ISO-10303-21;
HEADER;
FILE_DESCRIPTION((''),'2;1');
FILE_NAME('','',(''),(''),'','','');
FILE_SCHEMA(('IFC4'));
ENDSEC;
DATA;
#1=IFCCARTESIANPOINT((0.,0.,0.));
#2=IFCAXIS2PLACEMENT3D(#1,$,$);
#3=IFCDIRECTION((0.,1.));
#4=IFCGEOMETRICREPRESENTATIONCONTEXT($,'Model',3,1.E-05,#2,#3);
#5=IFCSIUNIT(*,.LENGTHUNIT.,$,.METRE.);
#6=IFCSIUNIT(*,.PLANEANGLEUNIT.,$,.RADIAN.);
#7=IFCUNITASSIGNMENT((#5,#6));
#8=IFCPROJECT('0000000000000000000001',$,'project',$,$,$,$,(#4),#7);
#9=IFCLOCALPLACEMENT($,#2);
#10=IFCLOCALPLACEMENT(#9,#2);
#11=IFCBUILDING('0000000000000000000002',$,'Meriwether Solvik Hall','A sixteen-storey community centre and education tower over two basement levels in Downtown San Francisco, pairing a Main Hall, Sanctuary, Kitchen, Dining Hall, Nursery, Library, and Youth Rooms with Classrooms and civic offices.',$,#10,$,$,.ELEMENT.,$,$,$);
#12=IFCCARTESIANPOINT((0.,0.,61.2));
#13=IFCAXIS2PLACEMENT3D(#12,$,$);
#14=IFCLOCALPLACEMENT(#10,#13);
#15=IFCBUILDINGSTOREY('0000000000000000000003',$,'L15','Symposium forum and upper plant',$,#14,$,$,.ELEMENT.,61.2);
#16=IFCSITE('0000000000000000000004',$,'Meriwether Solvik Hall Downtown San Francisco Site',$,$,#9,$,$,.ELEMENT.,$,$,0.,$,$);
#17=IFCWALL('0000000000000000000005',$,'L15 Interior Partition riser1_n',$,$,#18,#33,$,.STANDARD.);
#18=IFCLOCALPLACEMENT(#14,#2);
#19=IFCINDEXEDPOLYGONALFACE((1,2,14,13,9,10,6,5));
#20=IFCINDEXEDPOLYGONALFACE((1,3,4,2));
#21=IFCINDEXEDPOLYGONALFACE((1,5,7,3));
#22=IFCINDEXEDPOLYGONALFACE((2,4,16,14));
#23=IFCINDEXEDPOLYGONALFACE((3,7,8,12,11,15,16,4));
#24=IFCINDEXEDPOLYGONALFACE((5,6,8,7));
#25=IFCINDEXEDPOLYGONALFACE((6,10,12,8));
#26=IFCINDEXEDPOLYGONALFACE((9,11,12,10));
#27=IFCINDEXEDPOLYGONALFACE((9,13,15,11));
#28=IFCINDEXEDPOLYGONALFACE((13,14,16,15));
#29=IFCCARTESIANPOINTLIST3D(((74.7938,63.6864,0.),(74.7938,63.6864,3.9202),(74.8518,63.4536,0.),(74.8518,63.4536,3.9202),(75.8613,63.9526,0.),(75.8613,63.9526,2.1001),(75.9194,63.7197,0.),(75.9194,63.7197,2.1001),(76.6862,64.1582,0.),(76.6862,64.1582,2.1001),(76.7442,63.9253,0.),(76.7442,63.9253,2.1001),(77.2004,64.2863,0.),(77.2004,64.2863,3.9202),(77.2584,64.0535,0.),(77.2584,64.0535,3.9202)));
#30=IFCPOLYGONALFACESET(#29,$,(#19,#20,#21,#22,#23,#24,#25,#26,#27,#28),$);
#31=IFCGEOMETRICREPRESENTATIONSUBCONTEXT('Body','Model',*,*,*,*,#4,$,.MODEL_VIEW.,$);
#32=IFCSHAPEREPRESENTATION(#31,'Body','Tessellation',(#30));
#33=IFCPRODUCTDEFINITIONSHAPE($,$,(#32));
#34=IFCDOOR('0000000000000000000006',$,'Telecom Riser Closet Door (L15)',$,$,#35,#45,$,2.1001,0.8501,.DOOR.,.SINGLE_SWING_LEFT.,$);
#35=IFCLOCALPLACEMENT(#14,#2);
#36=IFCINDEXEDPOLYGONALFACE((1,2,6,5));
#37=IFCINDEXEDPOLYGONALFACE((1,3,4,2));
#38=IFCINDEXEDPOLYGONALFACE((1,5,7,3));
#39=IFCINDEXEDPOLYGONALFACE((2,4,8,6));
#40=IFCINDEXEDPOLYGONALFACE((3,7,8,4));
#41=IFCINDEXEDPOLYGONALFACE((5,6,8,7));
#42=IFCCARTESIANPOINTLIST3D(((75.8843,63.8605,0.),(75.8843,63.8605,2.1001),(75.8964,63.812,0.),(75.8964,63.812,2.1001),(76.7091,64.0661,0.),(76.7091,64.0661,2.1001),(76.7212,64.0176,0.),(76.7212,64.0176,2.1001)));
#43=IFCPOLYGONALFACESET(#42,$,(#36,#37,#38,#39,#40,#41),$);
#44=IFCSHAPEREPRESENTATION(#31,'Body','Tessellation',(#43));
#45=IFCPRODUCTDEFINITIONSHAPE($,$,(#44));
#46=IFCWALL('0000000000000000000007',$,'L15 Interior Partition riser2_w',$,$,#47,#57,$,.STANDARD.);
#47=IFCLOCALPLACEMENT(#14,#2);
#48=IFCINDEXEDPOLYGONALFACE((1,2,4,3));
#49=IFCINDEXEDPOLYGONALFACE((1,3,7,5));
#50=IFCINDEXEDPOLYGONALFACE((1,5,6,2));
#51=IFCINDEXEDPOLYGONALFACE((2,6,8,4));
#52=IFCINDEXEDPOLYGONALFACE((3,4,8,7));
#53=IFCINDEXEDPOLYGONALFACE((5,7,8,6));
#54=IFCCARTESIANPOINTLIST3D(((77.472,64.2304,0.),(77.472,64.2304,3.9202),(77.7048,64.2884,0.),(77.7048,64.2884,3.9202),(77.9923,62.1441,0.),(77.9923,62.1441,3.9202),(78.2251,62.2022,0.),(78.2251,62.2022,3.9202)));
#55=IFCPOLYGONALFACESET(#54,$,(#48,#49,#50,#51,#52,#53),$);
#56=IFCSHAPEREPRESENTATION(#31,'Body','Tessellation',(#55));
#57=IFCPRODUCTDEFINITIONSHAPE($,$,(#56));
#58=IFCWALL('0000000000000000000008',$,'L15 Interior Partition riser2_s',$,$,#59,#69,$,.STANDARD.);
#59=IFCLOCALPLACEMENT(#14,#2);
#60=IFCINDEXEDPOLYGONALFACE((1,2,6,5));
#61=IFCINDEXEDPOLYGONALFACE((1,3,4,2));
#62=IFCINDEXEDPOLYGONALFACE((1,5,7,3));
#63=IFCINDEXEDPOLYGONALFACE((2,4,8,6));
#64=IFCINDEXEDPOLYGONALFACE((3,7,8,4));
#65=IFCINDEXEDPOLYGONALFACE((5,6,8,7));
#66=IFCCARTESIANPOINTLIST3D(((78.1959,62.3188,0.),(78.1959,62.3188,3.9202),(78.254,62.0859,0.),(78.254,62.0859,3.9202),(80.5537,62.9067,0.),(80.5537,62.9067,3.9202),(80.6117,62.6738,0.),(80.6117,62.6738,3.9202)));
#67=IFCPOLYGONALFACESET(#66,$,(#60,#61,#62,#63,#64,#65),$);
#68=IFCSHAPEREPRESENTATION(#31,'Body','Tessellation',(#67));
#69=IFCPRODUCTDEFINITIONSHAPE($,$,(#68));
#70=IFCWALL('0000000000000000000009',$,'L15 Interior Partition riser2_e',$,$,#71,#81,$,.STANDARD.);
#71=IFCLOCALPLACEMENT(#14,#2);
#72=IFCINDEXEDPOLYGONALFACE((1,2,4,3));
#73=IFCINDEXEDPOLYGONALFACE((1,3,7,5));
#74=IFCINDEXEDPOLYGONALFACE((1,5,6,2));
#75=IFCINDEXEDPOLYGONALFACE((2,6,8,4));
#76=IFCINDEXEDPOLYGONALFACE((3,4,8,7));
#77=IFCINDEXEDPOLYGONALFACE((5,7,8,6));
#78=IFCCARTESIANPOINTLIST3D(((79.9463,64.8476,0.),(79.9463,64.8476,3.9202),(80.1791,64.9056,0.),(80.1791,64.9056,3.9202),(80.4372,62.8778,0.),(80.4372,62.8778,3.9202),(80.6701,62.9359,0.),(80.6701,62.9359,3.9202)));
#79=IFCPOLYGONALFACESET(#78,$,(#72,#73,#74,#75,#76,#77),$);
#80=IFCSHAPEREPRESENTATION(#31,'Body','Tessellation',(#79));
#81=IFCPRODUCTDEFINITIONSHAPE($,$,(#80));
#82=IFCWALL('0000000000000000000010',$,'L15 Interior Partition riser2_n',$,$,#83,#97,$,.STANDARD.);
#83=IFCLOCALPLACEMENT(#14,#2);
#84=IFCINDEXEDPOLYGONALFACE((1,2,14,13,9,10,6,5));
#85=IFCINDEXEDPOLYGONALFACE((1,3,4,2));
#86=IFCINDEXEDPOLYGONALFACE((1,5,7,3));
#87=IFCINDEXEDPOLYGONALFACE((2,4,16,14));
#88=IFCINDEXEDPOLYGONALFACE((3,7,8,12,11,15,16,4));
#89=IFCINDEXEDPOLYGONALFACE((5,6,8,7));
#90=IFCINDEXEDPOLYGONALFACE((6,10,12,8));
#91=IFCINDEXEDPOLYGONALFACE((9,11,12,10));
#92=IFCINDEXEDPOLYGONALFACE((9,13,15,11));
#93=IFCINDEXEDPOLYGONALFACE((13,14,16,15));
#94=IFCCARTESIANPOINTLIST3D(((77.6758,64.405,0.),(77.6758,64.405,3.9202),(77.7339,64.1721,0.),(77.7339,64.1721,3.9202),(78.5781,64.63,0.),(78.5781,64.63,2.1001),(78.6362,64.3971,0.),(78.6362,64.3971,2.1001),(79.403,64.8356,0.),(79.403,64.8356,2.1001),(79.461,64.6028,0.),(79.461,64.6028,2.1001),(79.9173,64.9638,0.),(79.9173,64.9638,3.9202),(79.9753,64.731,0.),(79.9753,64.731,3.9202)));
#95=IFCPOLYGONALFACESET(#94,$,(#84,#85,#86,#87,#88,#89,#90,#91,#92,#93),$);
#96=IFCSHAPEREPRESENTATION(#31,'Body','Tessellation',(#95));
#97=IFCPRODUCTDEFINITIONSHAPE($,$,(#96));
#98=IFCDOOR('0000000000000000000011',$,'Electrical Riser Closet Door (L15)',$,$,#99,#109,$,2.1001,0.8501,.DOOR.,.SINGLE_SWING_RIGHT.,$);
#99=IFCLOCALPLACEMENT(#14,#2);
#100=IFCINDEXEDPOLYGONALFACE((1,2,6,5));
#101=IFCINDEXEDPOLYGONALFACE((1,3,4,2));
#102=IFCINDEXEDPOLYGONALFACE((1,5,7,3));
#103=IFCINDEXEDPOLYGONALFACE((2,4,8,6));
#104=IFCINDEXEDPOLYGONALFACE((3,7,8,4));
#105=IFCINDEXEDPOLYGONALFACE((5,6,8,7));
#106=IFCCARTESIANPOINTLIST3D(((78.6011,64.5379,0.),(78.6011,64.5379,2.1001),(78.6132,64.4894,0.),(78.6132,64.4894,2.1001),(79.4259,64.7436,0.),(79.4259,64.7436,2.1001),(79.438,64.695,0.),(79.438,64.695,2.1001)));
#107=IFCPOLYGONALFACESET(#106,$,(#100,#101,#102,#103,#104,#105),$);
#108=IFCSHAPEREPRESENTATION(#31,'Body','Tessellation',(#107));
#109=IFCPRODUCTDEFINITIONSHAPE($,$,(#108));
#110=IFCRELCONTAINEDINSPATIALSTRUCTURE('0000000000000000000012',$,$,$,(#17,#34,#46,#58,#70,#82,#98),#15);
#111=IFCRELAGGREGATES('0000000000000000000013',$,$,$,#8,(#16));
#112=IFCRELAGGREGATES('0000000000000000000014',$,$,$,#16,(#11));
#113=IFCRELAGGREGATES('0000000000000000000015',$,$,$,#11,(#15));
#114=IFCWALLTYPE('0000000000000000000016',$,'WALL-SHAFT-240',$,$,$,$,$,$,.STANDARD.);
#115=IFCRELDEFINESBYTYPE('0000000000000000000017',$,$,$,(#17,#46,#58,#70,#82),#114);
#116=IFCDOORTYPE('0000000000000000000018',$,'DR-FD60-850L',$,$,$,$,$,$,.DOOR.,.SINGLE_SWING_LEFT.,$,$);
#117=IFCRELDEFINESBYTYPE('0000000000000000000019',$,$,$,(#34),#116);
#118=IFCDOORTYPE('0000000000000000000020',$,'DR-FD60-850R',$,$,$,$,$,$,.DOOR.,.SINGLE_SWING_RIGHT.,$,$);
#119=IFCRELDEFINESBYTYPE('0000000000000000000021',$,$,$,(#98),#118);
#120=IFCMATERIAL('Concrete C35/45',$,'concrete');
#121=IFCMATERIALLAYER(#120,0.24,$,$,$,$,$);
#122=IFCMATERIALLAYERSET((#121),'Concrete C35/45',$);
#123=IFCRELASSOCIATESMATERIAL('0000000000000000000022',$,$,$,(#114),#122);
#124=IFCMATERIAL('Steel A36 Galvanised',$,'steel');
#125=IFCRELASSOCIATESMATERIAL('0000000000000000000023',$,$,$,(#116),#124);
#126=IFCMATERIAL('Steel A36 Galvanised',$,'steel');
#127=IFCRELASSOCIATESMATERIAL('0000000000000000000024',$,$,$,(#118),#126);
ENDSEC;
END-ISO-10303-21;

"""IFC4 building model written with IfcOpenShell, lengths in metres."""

from ifc_helpers import new_model, si_unit, direction, frame, frame_2d, origin, place, context, subcontext, project, spatial, rectangle, extrude, material, layer, layer_set, type_object, element, fill, save


model = new_model("IFC4")

# Units and contexts
model_context = context("Model", 3, precision=1e-05, world=origin(), true_north=direction((0.0, 1.0)))
body_context = subcontext(model_context, "Body", "Model", "MODEL_VIEW")
ifc_project = project(units=[si_unit("LENGTHUNIT", "METRE"), si_unit("PLANEANGLEUNIT", "RADIAN")], contexts=[model_context])

# Site, building, storey
site_placement = place(None, origin())
site = spatial("IfcSite", under=ifc_project, at=site_placement, Name="Meriwether Solvik Hall Downtown San Francisco Site", CompositionType="ELEMENT", RefElevation=0.0)
building_placement = place(site_placement, origin())
building = spatial("IfcBuilding", under=site, at=building_placement, Name="Meriwether Solvik Hall", Description="A sixteen-storey community centre and education tower over two basement levels in Downtown San Francisco, pairing a Main Hall, Sanctuary, Kitchen, Dining Hall, Nursery, Library, and Youth Rooms with Classrooms and civic offices.", CompositionType="ELEMENT")
storey_placement = place(building_placement, frame((0.0, 0.0, 61.2)))
storey = spatial("IfcBuildingStorey", under=building, at=storey_placement, Name="L15", Description="Symposium forum and upper plant", CompositionType="ELEMENT", Elevation=61.2)

# Shared definitions
ifc_material_1 = material(Name="Concrete C35/45", Category="concrete")
ifc_layer_1 = layer(ifc_material_1, 0.24)
ifc_layer_set_1 = layer_set([ifc_layer_1], Name="Concrete C35/45")
wall_type_1 = type_object("IfcWallType", Name="WALL-SHAFT-240", PredefinedType="STANDARD", material=ifc_layer_set_1)

# Wall, opening, door
wall_1_placement = place(storey_placement, frame((77.2295, 64.1699, 0.0), z_axis=(0.0, 0.0, 1.0), x_axis=(-0.97031, -0.241864, 0.0)))
wall_1 = element("IfcWall", 1, at=wall_1_placement, inside=storey, type_object=wall_type_1, Name="L15 Interior Partition riser1_n", PredefinedType="STANDARD", context=body_context, shape_type="SweptSolid", body=[
    extrude(rectangle(XDim=2.4802, YDim=0.24, at=frame_2d((1.2402, 0.0))), origin(), (0.0, 0.0, 1.0), 3.9202),
])
opening_1_placement = place(wall_1_placement, frame((0.53, 0.0, 0.0)))
opening_1 = element("IfcOpeningElement", 2, at=opening_1_placement, cuts=wall_1, PredefinedType="OPENING", context=body_context, shape_type="SweptSolid", body=[
    extrude(rectangle(XDim=0.8501, YDim=2.1001, at=frame_2d((0.425, 1.05))), frame((0.0, 0.1318, 0.0), z_axis=(0.0, -1.0, 0.0), x_axis=(1.0, 0.0, 0.0)), (0.0, 0.0, 1.0), 0.2639),
])
ifc_material_2 = material(Name="Steel A36 Galvanised", Category="steel")
door_type_1 = type_object("IfcDoorType", Name="DR-FD60-850L", OperationType="SINGLE_SWING_LEFT", PredefinedType="DOOR", material=ifc_material_2)
door_1_placement = place(opening_1_placement, origin())
door_1 = element("IfcDoor", 3, at=door_1_placement, inside=storey, type_object=door_type_1, Name="Telecom Riser Closet Door (L15)", OperationType="SINGLE_SWING_LEFT", OverallHeight=2.1001, OverallWidth=0.8501, PredefinedType="DOOR", context=body_context, shape_type="SweptSolid", body=[
    extrude(rectangle(XDim=0.8501, YDim=2.1001, at=frame_2d((0.425, 1.05))), frame((0.0, 0.0249, 0.0), z_axis=(0.0, -1.0, 0.0), x_axis=(1.0, 0.0, 0.0)), (0.0, 0.0, 1.0), 0.05),
])
fill(opening_1, door_1)

# Walls
wall_2_placement = place(storey_placement, frame((77.5884, 64.2595, 0.0), z_axis=(0.0, 0.0, 1.0), x_axis=(0.241975, -0.970283, 0.0)))
element("IfcWall", 4, at=wall_2_placement, inside=storey, type_object=wall_type_1, Name="L15 Interior Partition riser2_w", PredefinedType="STANDARD", context=body_context, shape_type="SweptSolid", body=[
    extrude(rectangle(XDim=2.1501, YDim=0.24, at=frame_2d((1.0752, 0.0))), origin(), (0.0, 0.0, 1.0), 3.9202),
])
wall_3_placement = place(storey_placement, frame((78.2251, 62.2024, 0.0), z_axis=(0.0, 0.0, 1.0), x_axis=(0.97029, 0.241945, 0.0)))
element("IfcWall", 5, at=wall_3_placement, inside=storey, type_object=wall_type_1, Name="L15 Interior Partition riser2_s", PredefinedType="STANDARD", context=body_context, shape_type="SweptSolid", body=[
    extrude(rectangle(XDim=2.4299, YDim=0.24, at=frame_2d((1.2148, 0.0))), origin(), (0.0, 0.0, 1.0), 3.9202),
])
wall_4_placement = place(storey_placement, frame((80.5537, 62.9067, 0.0), z_axis=(0.0, 0.0, 1.0), x_axis=(-0.241856, 0.970312, 0.0)))
element("IfcWall", 6, at=wall_4_placement, inside=storey, type_object=wall_type_1, Name="L15 Interior Partition riser2_e", PredefinedType="STANDARD", context=body_context, shape_type="SweptSolid", body=[
    extrude(rectangle(XDim=2.03, YDim=0.24, at=frame_2d((1.0151, 0.0))), origin(), (0.0, 0.0, 1.0), 3.9202),
])

# Wall, opening, door
wall_5_placement = place(storey_placement, frame((79.9463, 64.8474, 0.0), z_axis=(0.0, 0.0, 1.0), x_axis=(-0.970298, -0.241914, 0.0)))
wall_5 = element("IfcWall", 7, at=wall_5_placement, inside=storey, type_object=wall_type_1, Name="L15 Interior Partition riser2_n", PredefinedType="STANDARD", context=body_context, shape_type="SweptSolid", body=[
    extrude(rectangle(XDim=2.3101, YDim=0.24, at=frame_2d((1.155, 0.0))), origin(), (0.0, 0.0, 1.0), 3.9202),
])
opening_2_placement = place(wall_5_placement, frame((0.53, 0.0, 0.0)))
opening_2 = element("IfcOpeningElement", 8, at=opening_2_placement, cuts=wall_5, PredefinedType="OPENING", context=body_context, shape_type="SweptSolid", body=[
    extrude(rectangle(XDim=0.8501, YDim=2.1001, at=frame_2d((0.425, 1.05))), frame((0.0, 0.1318, 0.0), z_axis=(0.0, -1.0, 0.0), x_axis=(1.0, 0.0, 0.0)), (0.0, 0.0, 1.0), 0.2639),
])
ifc_material_3 = material(Name="Steel A36 Galvanised", Category="steel")
door_type_2 = type_object("IfcDoorType", Name="DR-FD60-850R", OperationType="SINGLE_SWING_RIGHT", PredefinedType="DOOR", material=ifc_material_3)
door_2_placement = place(opening_2_placement, origin())
door_2 = element("IfcDoor", 9, at=door_2_placement, inside=storey, type_object=door_type_2, Name="Electrical Riser Closet Door (L15)", OperationType="SINGLE_SWING_RIGHT", OverallHeight=2.1001, OverallWidth=0.8501, PredefinedType="DOOR", context=body_context, shape_type="SweptSolid", body=[
    extrude(rectangle(XDim=0.8501, YDim=2.1001, at=frame_2d((0.425, 1.05))), frame((0.0, 0.0249, 0.0), z_axis=(0.0, -1.0, 0.0), x_axis=(1.0, 0.0, 0.0)), (0.0, 0.0, 1.0), 0.05),
])
fill(opening_2, door_2)

save(model, "model.ifc")
